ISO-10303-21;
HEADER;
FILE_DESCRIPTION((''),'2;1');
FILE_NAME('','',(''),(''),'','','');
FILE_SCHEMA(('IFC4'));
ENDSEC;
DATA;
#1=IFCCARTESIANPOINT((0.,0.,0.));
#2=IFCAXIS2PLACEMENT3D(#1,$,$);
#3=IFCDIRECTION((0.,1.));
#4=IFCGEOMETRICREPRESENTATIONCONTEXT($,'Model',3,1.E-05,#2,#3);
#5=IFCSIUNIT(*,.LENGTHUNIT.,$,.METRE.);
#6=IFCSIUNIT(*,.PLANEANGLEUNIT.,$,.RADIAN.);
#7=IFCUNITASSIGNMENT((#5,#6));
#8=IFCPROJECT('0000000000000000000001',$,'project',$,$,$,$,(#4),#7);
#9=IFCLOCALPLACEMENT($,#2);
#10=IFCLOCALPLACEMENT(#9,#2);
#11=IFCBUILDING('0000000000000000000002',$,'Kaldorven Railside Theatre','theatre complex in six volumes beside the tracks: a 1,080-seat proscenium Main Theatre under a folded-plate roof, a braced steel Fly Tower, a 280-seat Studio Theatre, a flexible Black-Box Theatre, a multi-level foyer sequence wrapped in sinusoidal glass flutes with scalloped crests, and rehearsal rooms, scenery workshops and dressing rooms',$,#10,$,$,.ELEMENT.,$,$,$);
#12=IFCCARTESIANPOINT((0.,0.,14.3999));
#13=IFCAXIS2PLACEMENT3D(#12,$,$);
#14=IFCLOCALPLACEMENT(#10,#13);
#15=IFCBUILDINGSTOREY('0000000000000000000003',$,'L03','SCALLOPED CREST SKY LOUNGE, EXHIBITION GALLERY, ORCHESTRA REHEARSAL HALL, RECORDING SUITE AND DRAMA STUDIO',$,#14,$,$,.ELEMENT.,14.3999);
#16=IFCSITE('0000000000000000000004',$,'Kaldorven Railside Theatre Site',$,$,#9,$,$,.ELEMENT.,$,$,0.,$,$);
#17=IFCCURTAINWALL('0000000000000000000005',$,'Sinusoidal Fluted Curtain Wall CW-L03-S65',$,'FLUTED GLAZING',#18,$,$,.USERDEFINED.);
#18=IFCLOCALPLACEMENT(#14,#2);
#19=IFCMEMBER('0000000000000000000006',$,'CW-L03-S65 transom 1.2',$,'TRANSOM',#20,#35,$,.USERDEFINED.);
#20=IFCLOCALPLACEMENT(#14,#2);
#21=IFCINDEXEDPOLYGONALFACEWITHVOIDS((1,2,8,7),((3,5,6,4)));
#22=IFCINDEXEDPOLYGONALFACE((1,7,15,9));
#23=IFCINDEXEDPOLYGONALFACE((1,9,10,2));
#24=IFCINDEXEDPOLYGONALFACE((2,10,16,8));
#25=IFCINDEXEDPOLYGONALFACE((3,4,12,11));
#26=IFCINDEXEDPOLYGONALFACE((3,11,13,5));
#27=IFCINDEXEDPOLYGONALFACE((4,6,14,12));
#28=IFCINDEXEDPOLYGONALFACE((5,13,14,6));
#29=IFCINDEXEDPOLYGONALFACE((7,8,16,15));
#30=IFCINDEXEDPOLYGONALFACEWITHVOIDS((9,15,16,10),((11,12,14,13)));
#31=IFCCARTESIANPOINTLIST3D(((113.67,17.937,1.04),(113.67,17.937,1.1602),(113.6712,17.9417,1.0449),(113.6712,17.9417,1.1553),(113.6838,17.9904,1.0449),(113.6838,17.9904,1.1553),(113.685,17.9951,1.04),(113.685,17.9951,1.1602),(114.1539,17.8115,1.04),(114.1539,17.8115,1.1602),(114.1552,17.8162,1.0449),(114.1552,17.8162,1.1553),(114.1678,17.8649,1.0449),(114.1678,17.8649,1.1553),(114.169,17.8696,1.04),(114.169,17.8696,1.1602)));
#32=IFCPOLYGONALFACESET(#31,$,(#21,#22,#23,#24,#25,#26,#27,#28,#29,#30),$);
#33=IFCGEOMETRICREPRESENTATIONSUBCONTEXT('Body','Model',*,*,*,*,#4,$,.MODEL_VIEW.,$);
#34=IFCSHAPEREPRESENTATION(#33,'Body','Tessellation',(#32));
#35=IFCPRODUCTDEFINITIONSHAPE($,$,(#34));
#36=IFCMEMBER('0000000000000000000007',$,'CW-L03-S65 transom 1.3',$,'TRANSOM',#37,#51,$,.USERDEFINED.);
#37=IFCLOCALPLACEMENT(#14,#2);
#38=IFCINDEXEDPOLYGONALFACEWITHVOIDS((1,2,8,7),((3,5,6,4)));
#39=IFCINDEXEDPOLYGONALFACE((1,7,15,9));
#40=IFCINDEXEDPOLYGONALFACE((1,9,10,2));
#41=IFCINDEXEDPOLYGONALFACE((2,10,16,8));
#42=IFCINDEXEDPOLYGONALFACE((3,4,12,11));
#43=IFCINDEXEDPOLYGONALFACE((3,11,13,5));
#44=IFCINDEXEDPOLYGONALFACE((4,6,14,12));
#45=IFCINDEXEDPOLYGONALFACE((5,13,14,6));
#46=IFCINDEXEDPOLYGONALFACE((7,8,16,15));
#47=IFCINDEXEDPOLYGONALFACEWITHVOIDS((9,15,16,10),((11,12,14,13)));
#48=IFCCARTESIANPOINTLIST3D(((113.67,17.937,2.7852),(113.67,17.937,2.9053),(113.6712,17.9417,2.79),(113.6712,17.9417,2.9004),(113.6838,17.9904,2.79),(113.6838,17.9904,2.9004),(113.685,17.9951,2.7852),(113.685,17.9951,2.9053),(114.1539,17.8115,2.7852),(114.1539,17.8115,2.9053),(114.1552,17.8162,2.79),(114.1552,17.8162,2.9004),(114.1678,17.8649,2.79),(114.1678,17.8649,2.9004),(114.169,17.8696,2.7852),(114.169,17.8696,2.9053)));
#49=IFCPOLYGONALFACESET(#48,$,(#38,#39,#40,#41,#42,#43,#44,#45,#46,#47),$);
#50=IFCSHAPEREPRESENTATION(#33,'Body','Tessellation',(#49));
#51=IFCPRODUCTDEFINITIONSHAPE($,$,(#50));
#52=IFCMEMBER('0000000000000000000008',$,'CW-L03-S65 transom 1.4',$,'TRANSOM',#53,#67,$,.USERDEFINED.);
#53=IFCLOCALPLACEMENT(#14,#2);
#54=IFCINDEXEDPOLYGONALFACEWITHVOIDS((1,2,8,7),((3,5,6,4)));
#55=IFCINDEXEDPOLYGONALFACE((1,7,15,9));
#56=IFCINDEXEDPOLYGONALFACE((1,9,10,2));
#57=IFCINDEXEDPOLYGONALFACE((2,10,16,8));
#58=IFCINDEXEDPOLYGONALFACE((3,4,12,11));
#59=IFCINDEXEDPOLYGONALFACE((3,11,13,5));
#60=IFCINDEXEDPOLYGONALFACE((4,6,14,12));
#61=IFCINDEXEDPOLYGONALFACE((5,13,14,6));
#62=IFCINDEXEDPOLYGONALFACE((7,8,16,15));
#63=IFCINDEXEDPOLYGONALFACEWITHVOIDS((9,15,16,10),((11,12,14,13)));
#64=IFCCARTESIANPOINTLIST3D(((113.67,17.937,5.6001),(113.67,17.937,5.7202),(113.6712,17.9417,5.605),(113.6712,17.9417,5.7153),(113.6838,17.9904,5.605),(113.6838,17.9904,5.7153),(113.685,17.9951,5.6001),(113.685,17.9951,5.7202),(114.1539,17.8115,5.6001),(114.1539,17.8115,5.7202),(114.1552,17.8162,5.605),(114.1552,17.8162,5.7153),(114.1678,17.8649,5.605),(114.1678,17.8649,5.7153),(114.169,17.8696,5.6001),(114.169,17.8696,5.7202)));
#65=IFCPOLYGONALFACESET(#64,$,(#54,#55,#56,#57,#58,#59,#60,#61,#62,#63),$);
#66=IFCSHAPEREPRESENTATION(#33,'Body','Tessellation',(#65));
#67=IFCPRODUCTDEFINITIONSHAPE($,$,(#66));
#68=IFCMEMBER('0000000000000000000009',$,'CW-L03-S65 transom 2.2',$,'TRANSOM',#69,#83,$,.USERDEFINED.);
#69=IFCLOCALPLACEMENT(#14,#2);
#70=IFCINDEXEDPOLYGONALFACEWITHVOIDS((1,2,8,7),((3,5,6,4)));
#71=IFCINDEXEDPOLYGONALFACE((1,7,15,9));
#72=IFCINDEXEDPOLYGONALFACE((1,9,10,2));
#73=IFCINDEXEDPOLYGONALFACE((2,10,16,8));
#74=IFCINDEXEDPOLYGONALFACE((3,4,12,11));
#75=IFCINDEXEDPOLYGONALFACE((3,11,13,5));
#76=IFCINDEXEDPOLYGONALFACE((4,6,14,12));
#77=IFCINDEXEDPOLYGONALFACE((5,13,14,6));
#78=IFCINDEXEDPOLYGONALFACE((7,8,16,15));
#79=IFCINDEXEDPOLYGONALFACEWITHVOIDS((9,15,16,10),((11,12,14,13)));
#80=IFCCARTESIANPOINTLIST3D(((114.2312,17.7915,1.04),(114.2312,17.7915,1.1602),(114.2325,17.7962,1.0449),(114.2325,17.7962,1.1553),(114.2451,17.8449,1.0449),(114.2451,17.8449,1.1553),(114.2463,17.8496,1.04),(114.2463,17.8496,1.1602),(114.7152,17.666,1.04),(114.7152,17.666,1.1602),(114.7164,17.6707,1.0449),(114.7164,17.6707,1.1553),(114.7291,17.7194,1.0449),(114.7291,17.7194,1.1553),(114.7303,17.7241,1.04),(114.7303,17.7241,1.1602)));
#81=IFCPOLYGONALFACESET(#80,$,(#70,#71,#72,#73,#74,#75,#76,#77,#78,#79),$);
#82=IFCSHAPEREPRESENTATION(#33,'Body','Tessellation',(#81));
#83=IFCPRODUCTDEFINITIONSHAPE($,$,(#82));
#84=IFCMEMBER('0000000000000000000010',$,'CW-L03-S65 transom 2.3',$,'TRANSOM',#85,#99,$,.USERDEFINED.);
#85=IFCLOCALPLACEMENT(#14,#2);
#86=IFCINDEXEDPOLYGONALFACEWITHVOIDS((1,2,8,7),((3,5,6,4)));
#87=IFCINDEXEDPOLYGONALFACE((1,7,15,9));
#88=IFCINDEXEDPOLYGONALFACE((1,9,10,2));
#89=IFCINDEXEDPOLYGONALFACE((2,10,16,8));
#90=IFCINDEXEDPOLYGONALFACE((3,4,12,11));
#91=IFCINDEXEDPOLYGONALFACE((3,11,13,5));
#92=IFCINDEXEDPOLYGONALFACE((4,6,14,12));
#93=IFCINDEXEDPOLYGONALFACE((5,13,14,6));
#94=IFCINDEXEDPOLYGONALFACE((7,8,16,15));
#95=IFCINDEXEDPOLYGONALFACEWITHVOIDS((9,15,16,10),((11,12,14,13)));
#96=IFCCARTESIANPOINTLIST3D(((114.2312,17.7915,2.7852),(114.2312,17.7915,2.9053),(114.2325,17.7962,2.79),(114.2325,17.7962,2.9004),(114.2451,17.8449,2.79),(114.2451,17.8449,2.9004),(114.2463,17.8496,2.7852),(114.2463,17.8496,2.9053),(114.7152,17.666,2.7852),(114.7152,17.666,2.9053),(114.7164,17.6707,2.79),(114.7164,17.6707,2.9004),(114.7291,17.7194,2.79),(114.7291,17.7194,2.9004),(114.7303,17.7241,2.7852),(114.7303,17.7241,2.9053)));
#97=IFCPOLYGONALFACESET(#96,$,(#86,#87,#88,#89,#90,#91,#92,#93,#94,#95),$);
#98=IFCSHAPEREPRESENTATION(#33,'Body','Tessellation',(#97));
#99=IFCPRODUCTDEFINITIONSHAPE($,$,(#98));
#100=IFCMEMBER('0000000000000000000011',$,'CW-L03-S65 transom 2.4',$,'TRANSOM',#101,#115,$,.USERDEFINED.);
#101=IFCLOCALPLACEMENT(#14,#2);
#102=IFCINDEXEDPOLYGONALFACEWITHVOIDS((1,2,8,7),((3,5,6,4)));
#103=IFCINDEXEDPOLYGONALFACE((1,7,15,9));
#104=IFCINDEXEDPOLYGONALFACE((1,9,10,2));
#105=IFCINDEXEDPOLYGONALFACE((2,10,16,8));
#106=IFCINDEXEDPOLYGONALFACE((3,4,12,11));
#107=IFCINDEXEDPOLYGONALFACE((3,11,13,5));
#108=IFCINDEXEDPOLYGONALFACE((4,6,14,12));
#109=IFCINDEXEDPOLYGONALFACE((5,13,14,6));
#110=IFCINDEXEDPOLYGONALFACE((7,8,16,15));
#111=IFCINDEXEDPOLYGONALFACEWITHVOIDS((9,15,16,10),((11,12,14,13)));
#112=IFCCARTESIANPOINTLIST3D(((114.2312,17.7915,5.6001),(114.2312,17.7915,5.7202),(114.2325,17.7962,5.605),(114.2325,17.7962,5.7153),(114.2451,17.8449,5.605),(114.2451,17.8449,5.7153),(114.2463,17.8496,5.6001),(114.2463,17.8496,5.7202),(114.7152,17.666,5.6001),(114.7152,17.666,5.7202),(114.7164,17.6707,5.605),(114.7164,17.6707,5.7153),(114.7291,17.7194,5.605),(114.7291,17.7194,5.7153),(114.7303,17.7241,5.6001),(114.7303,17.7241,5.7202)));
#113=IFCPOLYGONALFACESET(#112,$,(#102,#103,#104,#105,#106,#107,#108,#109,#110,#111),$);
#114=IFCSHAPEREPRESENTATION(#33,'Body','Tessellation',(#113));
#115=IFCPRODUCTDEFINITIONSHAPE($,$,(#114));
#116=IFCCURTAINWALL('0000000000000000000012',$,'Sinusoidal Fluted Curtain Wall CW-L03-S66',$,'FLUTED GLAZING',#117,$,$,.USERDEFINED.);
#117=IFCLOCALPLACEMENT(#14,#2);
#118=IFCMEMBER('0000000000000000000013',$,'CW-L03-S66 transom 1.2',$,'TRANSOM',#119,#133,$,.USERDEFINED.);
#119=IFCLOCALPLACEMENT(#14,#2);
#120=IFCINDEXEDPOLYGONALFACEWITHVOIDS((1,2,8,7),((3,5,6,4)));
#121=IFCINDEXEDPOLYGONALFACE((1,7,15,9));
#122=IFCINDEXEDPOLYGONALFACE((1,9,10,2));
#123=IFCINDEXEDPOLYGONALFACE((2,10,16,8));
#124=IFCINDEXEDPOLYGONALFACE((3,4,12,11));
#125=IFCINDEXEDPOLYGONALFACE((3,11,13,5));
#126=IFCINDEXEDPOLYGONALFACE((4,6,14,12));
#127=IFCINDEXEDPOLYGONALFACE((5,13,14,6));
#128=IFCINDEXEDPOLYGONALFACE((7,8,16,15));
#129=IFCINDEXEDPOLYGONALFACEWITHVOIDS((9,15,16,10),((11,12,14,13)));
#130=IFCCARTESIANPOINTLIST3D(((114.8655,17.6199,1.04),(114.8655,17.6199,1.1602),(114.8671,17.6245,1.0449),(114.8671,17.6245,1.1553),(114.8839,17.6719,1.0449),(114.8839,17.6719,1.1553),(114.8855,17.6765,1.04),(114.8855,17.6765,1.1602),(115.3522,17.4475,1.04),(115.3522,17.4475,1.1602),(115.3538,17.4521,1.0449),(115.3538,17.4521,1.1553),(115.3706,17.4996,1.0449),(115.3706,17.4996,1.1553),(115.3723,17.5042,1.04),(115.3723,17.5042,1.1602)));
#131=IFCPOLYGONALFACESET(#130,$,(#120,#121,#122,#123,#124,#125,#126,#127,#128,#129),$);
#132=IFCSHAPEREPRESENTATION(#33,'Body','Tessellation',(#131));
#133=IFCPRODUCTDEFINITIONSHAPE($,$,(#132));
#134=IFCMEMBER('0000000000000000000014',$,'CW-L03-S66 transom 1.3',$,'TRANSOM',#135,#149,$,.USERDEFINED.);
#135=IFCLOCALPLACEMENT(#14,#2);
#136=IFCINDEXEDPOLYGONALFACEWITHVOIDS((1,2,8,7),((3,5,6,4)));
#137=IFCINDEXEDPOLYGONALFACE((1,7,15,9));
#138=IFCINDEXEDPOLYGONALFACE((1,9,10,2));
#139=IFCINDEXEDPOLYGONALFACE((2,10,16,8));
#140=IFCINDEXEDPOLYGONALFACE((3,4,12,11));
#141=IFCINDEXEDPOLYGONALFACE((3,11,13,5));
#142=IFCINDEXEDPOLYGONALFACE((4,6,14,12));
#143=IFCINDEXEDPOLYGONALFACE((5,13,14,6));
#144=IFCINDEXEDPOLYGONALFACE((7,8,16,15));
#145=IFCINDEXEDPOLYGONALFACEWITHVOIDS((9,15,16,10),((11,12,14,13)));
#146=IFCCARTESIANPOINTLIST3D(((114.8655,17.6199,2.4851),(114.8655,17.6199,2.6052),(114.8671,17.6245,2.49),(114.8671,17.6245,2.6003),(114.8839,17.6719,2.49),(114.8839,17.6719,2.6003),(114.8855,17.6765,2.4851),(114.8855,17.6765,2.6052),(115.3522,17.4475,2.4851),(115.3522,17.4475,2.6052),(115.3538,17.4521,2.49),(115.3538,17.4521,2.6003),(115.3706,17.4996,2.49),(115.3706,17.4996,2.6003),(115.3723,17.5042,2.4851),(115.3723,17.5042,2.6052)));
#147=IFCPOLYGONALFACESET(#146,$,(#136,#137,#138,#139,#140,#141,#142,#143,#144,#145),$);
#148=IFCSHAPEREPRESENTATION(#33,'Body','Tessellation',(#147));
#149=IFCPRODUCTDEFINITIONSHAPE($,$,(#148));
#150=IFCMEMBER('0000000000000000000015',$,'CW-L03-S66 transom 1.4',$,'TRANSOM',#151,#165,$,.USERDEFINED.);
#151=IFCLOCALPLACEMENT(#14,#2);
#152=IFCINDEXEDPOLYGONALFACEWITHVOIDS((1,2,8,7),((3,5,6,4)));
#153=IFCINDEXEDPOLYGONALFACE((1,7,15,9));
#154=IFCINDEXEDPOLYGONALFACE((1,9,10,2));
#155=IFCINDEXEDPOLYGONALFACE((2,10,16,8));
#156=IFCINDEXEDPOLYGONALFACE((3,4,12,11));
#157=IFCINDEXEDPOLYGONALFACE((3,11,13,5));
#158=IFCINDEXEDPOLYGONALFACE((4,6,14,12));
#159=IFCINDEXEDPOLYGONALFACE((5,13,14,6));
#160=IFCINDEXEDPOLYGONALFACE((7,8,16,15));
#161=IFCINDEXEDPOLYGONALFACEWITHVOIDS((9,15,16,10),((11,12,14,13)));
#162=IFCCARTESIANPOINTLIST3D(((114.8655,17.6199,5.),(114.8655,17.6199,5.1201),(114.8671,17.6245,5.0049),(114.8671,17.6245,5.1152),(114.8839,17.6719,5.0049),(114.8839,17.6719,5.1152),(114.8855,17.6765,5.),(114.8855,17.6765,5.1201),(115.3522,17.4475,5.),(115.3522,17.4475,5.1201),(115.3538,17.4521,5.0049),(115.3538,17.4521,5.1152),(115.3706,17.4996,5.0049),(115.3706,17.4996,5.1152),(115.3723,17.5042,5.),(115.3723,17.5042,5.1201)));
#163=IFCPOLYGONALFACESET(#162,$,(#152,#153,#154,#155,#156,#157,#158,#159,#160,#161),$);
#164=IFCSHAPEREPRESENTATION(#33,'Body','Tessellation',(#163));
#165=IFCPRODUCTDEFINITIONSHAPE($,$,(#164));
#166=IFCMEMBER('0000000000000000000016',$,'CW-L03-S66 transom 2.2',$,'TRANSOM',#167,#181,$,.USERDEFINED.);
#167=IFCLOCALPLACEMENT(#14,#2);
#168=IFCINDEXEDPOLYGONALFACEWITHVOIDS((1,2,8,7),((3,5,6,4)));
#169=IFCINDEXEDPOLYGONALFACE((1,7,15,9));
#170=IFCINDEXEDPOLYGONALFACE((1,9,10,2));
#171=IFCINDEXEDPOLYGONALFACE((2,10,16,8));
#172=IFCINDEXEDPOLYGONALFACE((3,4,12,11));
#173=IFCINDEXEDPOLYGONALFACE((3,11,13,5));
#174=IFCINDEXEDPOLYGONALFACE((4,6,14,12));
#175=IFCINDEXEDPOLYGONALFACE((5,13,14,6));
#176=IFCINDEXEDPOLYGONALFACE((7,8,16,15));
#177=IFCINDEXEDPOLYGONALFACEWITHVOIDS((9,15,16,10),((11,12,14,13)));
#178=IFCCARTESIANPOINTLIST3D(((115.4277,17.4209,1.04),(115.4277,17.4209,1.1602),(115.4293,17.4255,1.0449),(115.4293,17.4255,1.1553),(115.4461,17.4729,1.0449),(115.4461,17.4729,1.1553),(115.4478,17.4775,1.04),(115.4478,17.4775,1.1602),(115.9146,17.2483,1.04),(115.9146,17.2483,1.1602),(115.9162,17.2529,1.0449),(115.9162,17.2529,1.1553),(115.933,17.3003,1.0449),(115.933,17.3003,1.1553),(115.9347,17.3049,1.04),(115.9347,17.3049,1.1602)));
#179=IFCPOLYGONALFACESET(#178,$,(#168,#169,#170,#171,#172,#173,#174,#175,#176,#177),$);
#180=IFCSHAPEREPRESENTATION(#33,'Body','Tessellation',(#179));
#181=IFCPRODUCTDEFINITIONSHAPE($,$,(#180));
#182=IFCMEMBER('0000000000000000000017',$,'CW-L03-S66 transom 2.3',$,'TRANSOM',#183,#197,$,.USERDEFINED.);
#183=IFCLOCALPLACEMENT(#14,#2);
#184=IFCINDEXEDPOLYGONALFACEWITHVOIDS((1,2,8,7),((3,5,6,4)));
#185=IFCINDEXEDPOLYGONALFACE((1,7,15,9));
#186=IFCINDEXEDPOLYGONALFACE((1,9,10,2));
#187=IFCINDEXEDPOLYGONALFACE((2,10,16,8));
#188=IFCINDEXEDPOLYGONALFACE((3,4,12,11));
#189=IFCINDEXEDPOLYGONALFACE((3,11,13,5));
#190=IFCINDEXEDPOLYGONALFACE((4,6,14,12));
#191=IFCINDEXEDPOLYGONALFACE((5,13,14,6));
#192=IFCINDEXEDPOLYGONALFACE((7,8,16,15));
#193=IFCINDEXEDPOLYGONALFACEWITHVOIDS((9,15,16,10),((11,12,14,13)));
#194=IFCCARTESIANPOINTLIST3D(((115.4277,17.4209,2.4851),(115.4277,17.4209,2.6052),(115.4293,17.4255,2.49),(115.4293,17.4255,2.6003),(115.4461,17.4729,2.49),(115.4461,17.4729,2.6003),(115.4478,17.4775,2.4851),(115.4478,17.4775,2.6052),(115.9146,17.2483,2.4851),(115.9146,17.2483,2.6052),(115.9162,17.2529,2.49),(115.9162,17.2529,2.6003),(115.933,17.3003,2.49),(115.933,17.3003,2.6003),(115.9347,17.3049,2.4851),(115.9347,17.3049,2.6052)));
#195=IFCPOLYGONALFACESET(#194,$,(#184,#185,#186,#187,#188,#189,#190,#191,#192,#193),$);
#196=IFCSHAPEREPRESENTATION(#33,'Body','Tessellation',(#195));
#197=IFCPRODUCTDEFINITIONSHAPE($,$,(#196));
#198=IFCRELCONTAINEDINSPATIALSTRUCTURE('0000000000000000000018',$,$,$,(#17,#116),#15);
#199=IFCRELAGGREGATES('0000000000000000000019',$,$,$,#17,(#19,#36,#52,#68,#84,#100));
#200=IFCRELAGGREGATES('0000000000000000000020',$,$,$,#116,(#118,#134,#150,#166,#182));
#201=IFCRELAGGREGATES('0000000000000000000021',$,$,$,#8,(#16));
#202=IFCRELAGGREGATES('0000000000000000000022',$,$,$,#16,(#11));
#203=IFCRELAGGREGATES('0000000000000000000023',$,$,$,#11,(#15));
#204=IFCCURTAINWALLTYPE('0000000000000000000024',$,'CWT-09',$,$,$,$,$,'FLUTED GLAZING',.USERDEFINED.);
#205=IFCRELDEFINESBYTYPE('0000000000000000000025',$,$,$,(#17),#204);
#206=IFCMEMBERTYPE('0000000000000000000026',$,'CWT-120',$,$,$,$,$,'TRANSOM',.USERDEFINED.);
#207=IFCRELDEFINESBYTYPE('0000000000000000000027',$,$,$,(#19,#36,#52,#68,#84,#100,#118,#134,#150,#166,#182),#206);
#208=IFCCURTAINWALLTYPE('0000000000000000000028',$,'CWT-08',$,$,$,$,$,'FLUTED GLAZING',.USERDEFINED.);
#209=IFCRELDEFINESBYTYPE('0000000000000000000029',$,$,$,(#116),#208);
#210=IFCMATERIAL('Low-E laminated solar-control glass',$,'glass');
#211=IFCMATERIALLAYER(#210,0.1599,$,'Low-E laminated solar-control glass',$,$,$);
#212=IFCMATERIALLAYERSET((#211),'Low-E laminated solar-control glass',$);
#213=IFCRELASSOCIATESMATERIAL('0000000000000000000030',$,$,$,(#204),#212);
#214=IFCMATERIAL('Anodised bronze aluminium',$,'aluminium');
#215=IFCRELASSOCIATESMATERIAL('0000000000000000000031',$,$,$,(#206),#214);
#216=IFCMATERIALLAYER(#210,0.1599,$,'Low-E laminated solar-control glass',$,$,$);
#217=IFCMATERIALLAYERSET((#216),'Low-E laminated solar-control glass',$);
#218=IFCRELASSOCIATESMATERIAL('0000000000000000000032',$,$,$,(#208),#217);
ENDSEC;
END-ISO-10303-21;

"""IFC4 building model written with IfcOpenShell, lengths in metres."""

from ifc_helpers import new_model, si_unit, direction, frame, origin, origin_2d, place, context, subcontext, project, spatial, hollow_rectangle, extrude, material, layer, layer_set, material_profile, profile_set, type_object, element, aggregate, save


model = new_model("IFC4")

# Units and contexts
model_context = context("Model", 3, precision=1e-05, world=origin(), true_north=direction((0.0, 1.0)))
body_context = subcontext(model_context, "Body", "Model", "MODEL_VIEW")
ifc_project = project(units=[si_unit("LENGTHUNIT", "METRE"), si_unit("PLANEANGLEUNIT", "RADIAN")], contexts=[model_context])

# Site, building, storey
site_placement = place(None, origin())
site = spatial("IfcSite", under=ifc_project, at=site_placement, Name="Kaldorven Railside Theatre Site", CompositionType="ELEMENT", RefElevation=0.0)
building_placement = place(site_placement, origin())
building = spatial("IfcBuilding", under=site, at=building_placement, Name="Kaldorven Railside Theatre", Description="theatre complex in six volumes beside the tracks: a 1,080-seat proscenium Main Theatre under a folded-plate roof, a braced steel Fly Tower, a 280-seat Studio Theatre, a flexible Black-Box Theatre, a multi-level foyer sequence wrapped in sinusoidal glass flutes with scalloped crests, and rehearsal rooms, scenery workshops and dressing rooms", CompositionType="ELEMENT")
storey_placement = place(building_placement, frame((0.0, 0.0, 14.3999)))
storey = spatial("IfcBuildingStorey", under=building, at=storey_placement, Name="L03", Description="SCALLOPED CREST SKY LOUNGE, EXHIBITION GALLERY, ORCHESTRA REHEARSAL HALL, RECORDING SUITE AND DRAMA STUDIO", CompositionType="ELEMENT", Elevation=14.3999)

# Curtain walls, members
ifc_material_1 = material(Name="Low-E laminated solar-control glass", Category="glass")
ifc_layer_1 = layer(ifc_material_1, 0.1599, Name="Low-E laminated solar-control glass")
ifc_layer_set_1 = layer_set([ifc_layer_1], Name="Low-E laminated solar-control glass")
curtain_wall_type_1 = type_object("IfcCurtainWallType", Name="CWT-09", ElementType="FLUTED GLAZING", PredefinedType="USERDEFINED", material=ifc_layer_set_1)
curtain_wall_1_placement = place(storey_placement, origin())
curtain_wall_1 = element("IfcCurtainWall", 1, at=curtain_wall_1_placement, inside=storey, type_object=curtain_wall_type_1, Name="Sinusoidal Fluted Curtain Wall CW-L03-S65", ObjectType="FLUTED GLAZING", PredefinedType="USERDEFINED")
ifc_material_2 = material(Name="Anodised bronze aluminium", Category="aluminium")
ifc_material_profile = material_profile(ifc_material_2, hollow_rectangle(XDim=0.0601, YDim=0.1201, WallThickness=0.0049, at=origin_2d()), Name="RHS 120x60x5")
ifc_profile_set = profile_set([ifc_material_profile], Name="Anodised bronze aluminium")
member_type = type_object("IfcMemberType", Name="CWT-120", ElementType="TRANSOM", PredefinedType="USERDEFINED", material=ifc_profile_set)
member_1_placement = place(storey_placement, frame((113.6775, 17.9661, 1.1001), z_axis=(0.967979, -0.25103, 0.0), x_axis=(0.25103, 0.967979, 0.0)))
member_1 = element("IfcMember", 2, at=member_1_placement, type_object=member_type, Name="CW-L03-S65 transom 1.2", ObjectType="TRANSOM", PredefinedType="USERDEFINED", context=body_context, shape_type="SweptSolid", body=[
    extrude(hollow_rectangle(XDim=0.0601, YDim=0.1201, WallThickness=0.0049, at=origin_2d()), origin(), (0.0, 0.0, 1.0), 0.5),
])
member_2_placement = place(storey_placement, frame((113.6775, 17.9661, 2.8452), z_axis=(0.967979, -0.25103, 0.0), x_axis=(0.25103, 0.967979, 0.0)))
member_2 = element("IfcMember", 3, at=member_2_placement, type_object=member_type, Name="CW-L03-S65 transom 1.3", ObjectType="TRANSOM", PredefinedType="USERDEFINED", context=body_context, shape_type="SweptSolid", body=[
    extrude(hollow_rectangle(XDim=0.0601, YDim=0.1201, WallThickness=0.0049, at=origin_2d()), origin(), (0.0, 0.0, 1.0), 0.5),
])
member_3_placement = place(storey_placement, frame((113.6775, 17.9661, 5.6602), z_axis=(0.967979, -0.25103, 0.0), x_axis=(0.25103, 0.967979, 0.0)))
member_3 = element("IfcMember", 4, at=member_3_placement, type_object=member_type, Name="CW-L03-S65 transom 1.4", ObjectType="TRANSOM", PredefinedType="USERDEFINED", context=body_context, shape_type="SweptSolid", body=[
    extrude(hollow_rectangle(XDim=0.0601, YDim=0.1201, WallThickness=0.0049, at=origin_2d()), origin(), (0.0, 0.0, 1.0), 0.5),
])
member_4_placement = place(storey_placement, frame((114.2388, 17.8206, 1.1001), z_axis=(0.967979, -0.25103, 0.0), x_axis=(0.25103, 0.967979, 0.0)))
member_4 = element("IfcMember", 5, at=member_4_placement, type_object=member_type, Name="CW-L03-S65 transom 2.2", ObjectType="TRANSOM", PredefinedType="USERDEFINED", context=body_context, shape_type="SweptSolid", body=[
    extrude(hollow_rectangle(XDim=0.0601, YDim=0.1201, WallThickness=0.0049, at=origin_2d()), origin(), (0.0, 0.0, 1.0), 0.5),
])
member_5_placement = place(storey_placement, frame((114.2388, 17.8206, 2.8452), z_axis=(0.967979, -0.25103, 0.0), x_axis=(0.25103, 0.967979, 0.0)))
member_5 = element("IfcMember", 6, at=member_5_placement, type_object=member_type, Name="CW-L03-S65 transom 2.3", ObjectType="TRANSOM", PredefinedType="USERDEFINED", context=body_context, shape_type="SweptSolid", body=[
    extrude(hollow_rectangle(XDim=0.0601, YDim=0.1201, WallThickness=0.0049, at=origin_2d()), origin(), (0.0, 0.0, 1.0), 0.5),
])
member_6_placement = place(storey_placement, frame((114.2388, 17.8206, 5.6602), z_axis=(0.967979, -0.25103, 0.0), x_axis=(0.25103, 0.967979, 0.0)))
member_6 = element("IfcMember", 7, at=member_6_placement, type_object=member_type, Name="CW-L03-S65 transom 2.4", ObjectType="TRANSOM", PredefinedType="USERDEFINED", context=body_context, shape_type="SweptSolid", body=[
    extrude(hollow_rectangle(XDim=0.0601, YDim=0.1201, WallThickness=0.0049, at=origin_2d()), origin(), (0.0, 0.0, 1.0), 0.5),
])
ifc_layer_2 = layer(ifc_material_1, 0.1599, Name="Low-E laminated solar-control glass")
ifc_layer_set_2 = layer_set([ifc_layer_2], Name="Low-E laminated solar-control glass")
curtain_wall_type_2 = type_object("IfcCurtainWallType", Name="CWT-08", ElementType="FLUTED GLAZING", PredefinedType="USERDEFINED", material=ifc_layer_set_2)
curtain_wall_2_placement = place(storey_placement, origin())
curtain_wall_2 = element("IfcCurtainWall", 8, at=curtain_wall_2_placement, inside=storey, type_object=curtain_wall_type_2, Name="Sinusoidal Fluted Curtain Wall CW-L03-S66", ObjectType="FLUTED GLAZING", PredefinedType="USERDEFINED")
member_7_placement = place(storey_placement, frame((114.8755, 17.6482, 1.1001), z_axis=(0.942658, -0.33376, 0.0), x_axis=(0.33376, 0.942658, 0.0)))
member_7 = element("IfcMember", 9, at=member_7_placement, type_object=member_type, Name="CW-L03-S66 transom 1.2", ObjectType="TRANSOM", PredefinedType="USERDEFINED", context=body_context, shape_type="SweptSolid", body=[
    extrude(hollow_rectangle(XDim=0.0601, YDim=0.1201, WallThickness=0.0049, at=origin_2d()), origin(), (0.0, 0.0, 1.0), 0.5164),
])
member_8_placement = place(storey_placement, frame((114.8755, 17.6482, 2.5452), z_axis=(0.942658, -0.33376, 0.0), x_axis=(0.33376, 0.942658, 0.0)))
member_8 = element("IfcMember", 10, at=member_8_placement, type_object=member_type, Name="CW-L03-S66 transom 1.3", ObjectType="TRANSOM", PredefinedType="USERDEFINED", context=body_context, shape_type="SweptSolid", body=[
    extrude(hollow_rectangle(XDim=0.0601, YDim=0.1201, WallThickness=0.0049, at=origin_2d()), origin(), (0.0, 0.0, 1.0), 0.5164),
])
member_9_placement = place(storey_placement, frame((114.8755, 17.6482, 5.0601), z_axis=(0.942658, -0.33376, 0.0), x_axis=(0.33376, 0.942658, 0.0)))
member_9 = element("IfcMember", 11, at=member_9_placement, type_object=member_type, Name="CW-L03-S66 transom 1.4", ObjectType="TRANSOM", PredefinedType="USERDEFINED", context=body_context, shape_type="SweptSolid", body=[
    extrude(hollow_rectangle(XDim=0.0601, YDim=0.1201, WallThickness=0.0049, at=origin_2d()), origin(), (0.0, 0.0, 1.0), 0.5164),
])
member_10_placement = place(storey_placement, frame((115.4377, 17.4492, 1.1001), z_axis=(0.942509, -0.33418, 0.0), x_axis=(0.33418, 0.942509, 0.0)))
member_10 = element("IfcMember", 12, at=member_10_placement, type_object=member_type, Name="CW-L03-S66 transom 2.2", ObjectType="TRANSOM", PredefinedType="USERDEFINED", context=body_context, shape_type="SweptSolid", body=[
    extrude(hollow_rectangle(XDim=0.0601, YDim=0.1201, WallThickness=0.0049, at=origin_2d()), origin(), (0.0, 0.0, 1.0), 0.5166),
])
member_11_placement = place(storey_placement, frame((115.4377, 17.4492, 2.5452), z_axis=(0.942509, -0.33418, 0.0), x_axis=(0.33418, 0.942509, 0.0)))
member_11 = element("IfcMember", 13, at=member_11_placement, type_object=member_type, Name="CW-L03-S66 transom 2.3", ObjectType="TRANSOM", PredefinedType="USERDEFINED", context=body_context, shape_type="SweptSolid", body=[
    extrude(hollow_rectangle(XDim=0.0601, YDim=0.1201, WallThickness=0.0049, at=origin_2d()), origin(), (0.0, 0.0, 1.0), 0.5166),
])

aggregate(curtain_wall_1, [member_1, member_2, member_3, member_4, member_5, member_6])
aggregate(curtain_wall_2, [member_7, member_8, member_9, member_10, member_11])

save(model, "model.ifc")
